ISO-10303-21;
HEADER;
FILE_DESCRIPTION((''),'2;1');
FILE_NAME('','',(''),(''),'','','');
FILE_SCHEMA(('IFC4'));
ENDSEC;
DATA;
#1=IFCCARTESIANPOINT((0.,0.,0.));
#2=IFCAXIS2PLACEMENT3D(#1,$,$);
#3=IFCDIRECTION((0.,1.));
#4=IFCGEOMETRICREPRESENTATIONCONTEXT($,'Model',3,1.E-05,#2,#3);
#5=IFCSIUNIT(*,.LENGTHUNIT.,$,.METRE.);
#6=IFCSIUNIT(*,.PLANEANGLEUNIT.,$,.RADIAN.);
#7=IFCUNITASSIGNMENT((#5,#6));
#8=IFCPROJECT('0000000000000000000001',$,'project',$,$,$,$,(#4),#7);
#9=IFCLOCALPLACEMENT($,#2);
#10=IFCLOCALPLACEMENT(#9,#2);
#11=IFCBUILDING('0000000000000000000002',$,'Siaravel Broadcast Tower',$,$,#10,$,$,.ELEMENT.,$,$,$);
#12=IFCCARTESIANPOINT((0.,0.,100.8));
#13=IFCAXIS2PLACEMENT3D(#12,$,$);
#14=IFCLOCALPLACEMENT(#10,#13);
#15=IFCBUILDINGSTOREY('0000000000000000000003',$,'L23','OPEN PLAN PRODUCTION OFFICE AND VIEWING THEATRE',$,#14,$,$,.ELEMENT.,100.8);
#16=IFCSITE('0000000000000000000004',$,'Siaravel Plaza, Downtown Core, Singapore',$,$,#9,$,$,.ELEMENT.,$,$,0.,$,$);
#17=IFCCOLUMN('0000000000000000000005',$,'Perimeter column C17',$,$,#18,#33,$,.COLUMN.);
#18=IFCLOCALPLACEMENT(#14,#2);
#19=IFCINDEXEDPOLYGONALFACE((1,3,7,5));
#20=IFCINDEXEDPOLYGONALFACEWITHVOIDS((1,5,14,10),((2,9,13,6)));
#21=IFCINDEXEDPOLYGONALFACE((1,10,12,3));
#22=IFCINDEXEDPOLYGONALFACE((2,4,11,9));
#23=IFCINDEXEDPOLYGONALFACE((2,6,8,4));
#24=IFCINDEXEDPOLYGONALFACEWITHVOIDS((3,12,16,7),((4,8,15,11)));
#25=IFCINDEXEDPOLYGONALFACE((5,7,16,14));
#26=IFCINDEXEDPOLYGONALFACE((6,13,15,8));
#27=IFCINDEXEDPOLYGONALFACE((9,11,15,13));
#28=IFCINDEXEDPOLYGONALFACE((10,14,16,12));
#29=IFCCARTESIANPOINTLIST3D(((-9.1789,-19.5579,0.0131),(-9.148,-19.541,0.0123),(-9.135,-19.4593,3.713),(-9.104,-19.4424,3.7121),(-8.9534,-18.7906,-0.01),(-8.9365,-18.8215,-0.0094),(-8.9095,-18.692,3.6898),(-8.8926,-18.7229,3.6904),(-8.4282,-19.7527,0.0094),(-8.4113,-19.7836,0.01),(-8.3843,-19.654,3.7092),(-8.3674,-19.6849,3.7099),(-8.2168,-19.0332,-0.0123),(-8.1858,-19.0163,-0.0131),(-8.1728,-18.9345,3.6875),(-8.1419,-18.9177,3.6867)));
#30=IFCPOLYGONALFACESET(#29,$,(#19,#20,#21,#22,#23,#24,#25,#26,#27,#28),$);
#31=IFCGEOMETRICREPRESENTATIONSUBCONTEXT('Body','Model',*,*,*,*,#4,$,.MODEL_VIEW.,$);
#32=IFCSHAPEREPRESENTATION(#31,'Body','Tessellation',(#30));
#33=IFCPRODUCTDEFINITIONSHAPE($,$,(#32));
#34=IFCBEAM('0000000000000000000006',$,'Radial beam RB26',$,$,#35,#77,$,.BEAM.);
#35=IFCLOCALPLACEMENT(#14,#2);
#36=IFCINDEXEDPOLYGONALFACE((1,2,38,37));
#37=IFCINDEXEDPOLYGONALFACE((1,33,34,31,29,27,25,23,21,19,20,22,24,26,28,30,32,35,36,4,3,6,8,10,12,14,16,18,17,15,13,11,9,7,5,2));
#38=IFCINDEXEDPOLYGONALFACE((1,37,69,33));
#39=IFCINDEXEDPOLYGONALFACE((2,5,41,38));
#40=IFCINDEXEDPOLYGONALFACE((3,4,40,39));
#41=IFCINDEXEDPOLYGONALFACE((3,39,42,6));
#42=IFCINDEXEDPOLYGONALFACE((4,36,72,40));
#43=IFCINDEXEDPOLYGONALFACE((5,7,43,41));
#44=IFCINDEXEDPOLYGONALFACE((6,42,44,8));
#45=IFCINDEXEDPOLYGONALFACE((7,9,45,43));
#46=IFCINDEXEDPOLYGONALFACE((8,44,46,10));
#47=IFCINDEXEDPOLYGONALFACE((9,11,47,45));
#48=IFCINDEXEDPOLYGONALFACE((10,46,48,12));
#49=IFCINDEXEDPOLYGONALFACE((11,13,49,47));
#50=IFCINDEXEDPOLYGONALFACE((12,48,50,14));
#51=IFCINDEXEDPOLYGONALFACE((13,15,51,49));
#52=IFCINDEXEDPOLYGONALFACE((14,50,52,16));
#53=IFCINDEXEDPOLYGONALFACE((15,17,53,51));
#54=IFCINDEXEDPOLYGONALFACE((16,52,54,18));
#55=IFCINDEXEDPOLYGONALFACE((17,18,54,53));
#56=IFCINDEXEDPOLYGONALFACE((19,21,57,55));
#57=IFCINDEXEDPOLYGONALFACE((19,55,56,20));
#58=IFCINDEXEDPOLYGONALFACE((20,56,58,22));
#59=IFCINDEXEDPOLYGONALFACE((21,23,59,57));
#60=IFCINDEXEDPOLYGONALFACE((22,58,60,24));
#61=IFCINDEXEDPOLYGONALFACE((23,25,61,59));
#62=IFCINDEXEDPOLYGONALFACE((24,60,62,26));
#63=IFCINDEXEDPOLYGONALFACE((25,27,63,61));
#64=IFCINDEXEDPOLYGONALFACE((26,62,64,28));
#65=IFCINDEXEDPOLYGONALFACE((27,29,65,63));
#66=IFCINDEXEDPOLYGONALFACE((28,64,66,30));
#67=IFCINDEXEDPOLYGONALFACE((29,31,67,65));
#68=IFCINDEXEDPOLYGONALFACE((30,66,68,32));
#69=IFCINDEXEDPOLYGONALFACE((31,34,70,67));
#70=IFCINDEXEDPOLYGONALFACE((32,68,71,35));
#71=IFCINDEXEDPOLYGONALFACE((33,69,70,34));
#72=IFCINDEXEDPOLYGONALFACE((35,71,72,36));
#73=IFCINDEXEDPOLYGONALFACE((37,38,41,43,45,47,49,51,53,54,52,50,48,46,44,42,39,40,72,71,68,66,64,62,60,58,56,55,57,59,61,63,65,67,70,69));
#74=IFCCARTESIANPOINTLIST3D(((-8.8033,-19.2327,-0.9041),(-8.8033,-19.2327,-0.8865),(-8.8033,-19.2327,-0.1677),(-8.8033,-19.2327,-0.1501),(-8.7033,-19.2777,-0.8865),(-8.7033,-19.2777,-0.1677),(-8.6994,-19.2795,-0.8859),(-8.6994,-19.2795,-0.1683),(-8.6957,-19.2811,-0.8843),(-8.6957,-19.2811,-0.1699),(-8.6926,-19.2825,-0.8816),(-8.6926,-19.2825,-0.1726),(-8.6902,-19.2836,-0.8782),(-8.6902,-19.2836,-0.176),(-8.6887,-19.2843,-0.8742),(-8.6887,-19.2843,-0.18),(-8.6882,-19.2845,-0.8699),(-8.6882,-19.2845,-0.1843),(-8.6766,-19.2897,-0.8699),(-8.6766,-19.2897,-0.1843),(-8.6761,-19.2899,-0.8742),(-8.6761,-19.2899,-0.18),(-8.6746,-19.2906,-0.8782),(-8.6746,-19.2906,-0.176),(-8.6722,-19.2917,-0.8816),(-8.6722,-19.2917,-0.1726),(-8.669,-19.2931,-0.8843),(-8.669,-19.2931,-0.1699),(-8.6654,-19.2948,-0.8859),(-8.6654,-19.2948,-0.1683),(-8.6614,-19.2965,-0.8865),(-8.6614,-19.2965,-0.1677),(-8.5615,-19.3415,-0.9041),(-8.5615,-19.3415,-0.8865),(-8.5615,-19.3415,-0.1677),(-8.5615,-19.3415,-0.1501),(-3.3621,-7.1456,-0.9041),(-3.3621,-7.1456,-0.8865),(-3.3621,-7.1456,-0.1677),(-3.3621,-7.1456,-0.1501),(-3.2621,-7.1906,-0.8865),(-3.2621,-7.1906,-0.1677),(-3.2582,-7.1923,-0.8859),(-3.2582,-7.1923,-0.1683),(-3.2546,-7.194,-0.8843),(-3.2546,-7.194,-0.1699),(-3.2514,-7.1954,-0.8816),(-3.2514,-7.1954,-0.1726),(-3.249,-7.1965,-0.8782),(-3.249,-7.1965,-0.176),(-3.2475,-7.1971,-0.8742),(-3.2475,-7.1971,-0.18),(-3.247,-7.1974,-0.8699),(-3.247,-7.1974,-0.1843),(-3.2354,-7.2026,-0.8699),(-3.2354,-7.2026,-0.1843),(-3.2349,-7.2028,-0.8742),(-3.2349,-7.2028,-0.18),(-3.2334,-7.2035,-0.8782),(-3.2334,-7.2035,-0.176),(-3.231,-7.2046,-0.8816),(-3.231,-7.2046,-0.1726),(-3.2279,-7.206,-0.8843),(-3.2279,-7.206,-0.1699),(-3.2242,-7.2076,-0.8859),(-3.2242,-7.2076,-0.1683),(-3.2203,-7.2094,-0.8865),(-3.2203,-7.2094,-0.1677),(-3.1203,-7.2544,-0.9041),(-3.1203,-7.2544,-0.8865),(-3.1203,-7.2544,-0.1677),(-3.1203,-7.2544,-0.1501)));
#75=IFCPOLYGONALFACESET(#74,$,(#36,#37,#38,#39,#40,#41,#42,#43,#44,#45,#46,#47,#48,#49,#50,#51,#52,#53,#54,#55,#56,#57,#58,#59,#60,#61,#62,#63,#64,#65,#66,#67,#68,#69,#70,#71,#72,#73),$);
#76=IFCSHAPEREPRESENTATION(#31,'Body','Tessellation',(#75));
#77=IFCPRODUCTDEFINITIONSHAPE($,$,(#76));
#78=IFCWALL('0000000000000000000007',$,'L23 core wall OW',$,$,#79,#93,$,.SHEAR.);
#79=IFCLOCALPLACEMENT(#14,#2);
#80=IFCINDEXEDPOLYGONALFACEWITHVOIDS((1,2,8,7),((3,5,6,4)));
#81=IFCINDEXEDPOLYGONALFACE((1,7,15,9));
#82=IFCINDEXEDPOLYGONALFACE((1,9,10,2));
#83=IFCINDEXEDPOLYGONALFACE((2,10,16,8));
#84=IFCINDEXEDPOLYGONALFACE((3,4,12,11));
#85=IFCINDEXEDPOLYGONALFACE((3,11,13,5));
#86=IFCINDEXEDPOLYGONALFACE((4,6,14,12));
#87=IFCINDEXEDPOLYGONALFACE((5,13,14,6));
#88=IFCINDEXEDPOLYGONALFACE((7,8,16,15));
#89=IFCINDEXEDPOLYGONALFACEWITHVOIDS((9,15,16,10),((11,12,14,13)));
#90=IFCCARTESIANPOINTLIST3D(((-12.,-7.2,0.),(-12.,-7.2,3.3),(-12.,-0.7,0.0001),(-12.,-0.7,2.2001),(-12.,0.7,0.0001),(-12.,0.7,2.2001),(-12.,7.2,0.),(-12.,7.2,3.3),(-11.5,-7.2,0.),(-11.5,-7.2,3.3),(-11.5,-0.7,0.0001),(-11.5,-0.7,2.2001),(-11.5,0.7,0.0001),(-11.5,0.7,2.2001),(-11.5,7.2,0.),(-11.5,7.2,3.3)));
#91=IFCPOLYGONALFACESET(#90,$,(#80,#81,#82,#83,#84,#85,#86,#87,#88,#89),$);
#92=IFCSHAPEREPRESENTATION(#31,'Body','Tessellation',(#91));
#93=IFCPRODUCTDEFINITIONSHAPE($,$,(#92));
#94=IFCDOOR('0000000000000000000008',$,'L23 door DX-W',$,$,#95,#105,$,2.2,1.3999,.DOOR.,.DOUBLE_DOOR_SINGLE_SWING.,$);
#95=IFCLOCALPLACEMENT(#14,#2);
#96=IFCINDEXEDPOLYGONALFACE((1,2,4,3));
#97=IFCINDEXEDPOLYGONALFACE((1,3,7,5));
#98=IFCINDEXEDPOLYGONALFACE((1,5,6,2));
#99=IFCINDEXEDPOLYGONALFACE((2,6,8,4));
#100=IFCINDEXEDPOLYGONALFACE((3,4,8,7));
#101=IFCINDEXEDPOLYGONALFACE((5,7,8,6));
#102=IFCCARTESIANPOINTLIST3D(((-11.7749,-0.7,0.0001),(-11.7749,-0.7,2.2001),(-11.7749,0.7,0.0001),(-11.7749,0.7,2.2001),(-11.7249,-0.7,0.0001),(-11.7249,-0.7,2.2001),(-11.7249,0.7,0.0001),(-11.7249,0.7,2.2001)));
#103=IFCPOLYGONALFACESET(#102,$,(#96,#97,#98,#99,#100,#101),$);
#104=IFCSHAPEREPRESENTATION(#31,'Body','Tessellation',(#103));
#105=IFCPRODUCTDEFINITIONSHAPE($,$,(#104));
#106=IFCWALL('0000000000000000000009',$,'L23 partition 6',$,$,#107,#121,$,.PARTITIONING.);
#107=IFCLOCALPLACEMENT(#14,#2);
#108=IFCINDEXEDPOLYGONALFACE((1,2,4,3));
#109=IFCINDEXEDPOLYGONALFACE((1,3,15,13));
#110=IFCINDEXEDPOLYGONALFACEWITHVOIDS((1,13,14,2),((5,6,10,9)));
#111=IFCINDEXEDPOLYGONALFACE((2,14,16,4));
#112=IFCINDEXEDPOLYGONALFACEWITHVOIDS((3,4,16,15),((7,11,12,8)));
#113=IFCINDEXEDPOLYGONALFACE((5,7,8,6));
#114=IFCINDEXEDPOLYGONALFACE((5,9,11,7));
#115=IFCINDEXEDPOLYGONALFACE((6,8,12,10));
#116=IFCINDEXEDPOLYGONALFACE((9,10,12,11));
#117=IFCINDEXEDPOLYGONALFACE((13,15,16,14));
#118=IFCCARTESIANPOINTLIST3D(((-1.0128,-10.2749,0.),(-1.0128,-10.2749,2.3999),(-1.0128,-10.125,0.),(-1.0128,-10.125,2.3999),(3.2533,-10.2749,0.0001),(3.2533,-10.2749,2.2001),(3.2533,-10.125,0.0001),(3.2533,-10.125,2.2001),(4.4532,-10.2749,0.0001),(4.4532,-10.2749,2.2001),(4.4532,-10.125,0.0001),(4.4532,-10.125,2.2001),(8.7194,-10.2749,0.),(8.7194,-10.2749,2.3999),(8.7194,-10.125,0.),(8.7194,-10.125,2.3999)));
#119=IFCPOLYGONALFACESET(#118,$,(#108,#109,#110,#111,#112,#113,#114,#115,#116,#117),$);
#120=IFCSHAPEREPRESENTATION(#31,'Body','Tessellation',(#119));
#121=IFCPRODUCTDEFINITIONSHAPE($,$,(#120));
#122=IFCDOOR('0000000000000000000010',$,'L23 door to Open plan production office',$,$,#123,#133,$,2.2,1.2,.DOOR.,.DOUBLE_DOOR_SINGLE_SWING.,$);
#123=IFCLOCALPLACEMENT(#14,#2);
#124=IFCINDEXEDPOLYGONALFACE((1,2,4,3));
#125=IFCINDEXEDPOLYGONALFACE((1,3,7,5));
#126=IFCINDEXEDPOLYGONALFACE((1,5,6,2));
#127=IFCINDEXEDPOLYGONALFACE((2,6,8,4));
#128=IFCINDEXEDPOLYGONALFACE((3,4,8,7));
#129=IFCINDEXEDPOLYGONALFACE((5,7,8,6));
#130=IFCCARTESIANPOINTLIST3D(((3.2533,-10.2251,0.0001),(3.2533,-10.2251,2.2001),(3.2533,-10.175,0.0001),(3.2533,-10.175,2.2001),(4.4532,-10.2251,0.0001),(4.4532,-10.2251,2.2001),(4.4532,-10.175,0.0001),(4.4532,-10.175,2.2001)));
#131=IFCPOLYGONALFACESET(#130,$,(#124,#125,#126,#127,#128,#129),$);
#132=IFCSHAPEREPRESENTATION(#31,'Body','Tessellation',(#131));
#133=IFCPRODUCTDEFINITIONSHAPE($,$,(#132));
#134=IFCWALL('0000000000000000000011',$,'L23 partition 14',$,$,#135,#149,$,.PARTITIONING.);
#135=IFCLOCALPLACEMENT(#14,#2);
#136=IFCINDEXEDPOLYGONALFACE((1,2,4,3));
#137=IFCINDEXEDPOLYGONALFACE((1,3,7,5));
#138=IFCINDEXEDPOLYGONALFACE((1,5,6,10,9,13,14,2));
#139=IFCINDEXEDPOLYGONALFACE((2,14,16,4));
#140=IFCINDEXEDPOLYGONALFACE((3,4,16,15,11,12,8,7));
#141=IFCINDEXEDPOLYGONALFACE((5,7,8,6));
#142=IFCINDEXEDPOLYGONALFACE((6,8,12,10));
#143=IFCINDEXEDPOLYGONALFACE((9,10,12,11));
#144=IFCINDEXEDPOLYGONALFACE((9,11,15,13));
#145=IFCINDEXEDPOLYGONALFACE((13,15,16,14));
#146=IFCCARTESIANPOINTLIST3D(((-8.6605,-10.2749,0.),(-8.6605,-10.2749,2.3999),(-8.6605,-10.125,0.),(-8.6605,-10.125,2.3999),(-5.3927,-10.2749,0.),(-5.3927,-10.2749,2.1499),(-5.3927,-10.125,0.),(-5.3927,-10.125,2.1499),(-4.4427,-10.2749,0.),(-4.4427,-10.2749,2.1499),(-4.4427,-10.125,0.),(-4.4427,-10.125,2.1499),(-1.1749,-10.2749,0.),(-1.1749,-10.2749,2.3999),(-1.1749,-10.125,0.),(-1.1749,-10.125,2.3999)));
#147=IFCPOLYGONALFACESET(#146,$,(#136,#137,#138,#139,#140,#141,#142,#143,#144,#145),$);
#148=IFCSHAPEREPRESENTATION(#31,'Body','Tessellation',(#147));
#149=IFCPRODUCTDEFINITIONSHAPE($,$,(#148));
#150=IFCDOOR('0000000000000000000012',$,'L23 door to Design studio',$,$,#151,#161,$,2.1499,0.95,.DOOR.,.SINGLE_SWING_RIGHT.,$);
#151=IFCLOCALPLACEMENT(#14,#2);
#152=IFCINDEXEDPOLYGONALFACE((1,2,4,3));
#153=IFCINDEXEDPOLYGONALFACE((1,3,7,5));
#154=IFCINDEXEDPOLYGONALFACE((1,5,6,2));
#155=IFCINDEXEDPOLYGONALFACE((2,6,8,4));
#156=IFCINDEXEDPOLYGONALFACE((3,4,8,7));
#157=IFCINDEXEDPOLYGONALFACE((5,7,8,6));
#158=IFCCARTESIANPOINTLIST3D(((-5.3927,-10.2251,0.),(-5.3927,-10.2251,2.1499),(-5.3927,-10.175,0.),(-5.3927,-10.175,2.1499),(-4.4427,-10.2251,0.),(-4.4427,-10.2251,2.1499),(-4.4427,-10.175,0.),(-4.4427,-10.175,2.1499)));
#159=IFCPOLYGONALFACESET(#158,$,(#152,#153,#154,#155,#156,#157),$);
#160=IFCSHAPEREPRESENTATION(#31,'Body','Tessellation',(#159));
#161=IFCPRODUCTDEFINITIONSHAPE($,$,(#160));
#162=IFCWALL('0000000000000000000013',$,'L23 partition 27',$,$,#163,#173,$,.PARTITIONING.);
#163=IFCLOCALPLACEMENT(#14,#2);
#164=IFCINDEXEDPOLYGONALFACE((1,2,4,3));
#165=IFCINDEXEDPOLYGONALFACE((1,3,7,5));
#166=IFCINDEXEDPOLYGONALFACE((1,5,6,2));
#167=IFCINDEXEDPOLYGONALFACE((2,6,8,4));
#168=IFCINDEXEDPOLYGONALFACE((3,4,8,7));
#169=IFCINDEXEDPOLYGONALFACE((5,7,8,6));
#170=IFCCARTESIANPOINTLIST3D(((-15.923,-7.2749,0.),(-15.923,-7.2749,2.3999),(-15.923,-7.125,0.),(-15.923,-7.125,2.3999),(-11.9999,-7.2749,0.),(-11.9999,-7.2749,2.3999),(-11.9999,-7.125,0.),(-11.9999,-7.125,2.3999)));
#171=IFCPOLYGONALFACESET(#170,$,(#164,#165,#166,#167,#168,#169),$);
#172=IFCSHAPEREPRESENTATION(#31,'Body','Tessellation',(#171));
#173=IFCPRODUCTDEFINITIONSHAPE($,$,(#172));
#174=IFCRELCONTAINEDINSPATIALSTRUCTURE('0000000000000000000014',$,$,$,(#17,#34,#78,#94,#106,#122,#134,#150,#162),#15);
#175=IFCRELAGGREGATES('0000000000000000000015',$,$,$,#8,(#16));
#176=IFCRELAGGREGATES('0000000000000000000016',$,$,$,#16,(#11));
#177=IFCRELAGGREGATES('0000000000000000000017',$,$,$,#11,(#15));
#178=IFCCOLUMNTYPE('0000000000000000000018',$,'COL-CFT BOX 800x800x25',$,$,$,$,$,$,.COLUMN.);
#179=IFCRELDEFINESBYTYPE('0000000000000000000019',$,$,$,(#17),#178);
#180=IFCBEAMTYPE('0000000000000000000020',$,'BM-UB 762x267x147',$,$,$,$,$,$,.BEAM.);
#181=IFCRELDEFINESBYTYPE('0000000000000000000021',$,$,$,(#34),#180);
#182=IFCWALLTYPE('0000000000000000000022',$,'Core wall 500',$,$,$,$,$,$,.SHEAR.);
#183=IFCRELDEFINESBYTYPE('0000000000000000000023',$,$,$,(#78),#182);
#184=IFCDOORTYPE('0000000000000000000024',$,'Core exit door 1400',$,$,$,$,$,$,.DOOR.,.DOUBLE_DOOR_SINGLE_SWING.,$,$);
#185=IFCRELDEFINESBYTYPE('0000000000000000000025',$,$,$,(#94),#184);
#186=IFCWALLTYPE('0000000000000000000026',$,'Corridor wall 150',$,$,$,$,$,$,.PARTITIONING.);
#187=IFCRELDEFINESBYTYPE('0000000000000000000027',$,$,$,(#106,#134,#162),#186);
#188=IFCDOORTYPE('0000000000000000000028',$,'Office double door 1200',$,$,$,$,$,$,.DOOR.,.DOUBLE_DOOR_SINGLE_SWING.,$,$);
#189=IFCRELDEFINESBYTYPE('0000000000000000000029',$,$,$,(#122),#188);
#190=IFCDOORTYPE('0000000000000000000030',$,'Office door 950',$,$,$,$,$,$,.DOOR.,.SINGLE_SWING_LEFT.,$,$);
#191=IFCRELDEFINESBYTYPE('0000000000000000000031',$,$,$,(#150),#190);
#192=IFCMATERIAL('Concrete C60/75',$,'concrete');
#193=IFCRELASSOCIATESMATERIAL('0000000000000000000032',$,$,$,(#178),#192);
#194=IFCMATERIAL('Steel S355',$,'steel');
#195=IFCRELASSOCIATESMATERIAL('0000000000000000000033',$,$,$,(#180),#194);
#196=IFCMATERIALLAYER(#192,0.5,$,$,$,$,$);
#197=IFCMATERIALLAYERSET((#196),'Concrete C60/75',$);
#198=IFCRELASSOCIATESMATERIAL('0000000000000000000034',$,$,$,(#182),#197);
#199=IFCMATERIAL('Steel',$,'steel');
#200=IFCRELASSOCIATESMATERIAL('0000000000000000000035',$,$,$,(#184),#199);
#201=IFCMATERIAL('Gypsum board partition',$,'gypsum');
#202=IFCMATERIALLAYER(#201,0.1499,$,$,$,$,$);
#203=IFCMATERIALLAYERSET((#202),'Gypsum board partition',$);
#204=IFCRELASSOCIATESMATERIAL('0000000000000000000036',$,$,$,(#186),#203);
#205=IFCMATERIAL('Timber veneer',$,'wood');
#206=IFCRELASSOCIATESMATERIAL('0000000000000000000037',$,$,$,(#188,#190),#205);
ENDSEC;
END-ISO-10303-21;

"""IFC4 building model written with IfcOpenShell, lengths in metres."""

from ifc_helpers import new_model, si_unit, direction, frame, frame_2d, origin, origin_2d, place, context, subcontext, project, spatial, rectangle, hollow_rectangle, i_section, extrude, material, layer, layer_set, material_profile, profile_set, type_object, element, fill, save


model = new_model("IFC4")

# Units and contexts
model_context = context("Model", 3, precision=1e-05, world=origin(), true_north=direction((0.0, 1.0)))
body_context = subcontext(model_context, "Body", "Model", "MODEL_VIEW")
ifc_project = project(units=[si_unit("LENGTHUNIT", "METRE"), si_unit("PLANEANGLEUNIT", "RADIAN")], contexts=[model_context])

# Site, building, storey
site_placement = place(None, origin())
site = spatial("IfcSite", under=ifc_project, at=site_placement, Name="Siaravel Plaza, Downtown Core, Singapore", CompositionType="ELEMENT", RefElevation=0.0)
building_placement = place(site_placement, origin())
building = spatial("IfcBuilding", under=site, at=building_placement, Name="Siaravel Broadcast Tower", CompositionType="ELEMENT")
storey_placement = place(building_placement, frame((0.0, 0.0, 100.8)))
storey = spatial("IfcBuildingStorey", under=building, at=storey_placement, Name="L23", Description="OPEN PLAN PRODUCTION OFFICE AND VIEWING THEATRE", CompositionType="ELEMENT", Elevation=100.8)

# Column
ifc_material_1 = material(Name="Concrete C60/75", Category="concrete")
ifc_material_profile_1 = material_profile(ifc_material_1, hollow_rectangle(XDim=0.8, YDim=0.8, WallThickness=0.0249, at=origin_2d()))
ifc_profile_set_1 = profile_set([ifc_material_profile_1], Name="Concrete C60/75")
column_type = type_object("IfcColumnType", Name="COL-CFT BOX 800x800x25", PredefinedType="COLUMN", material=ifc_profile_set_1)
column_placement = place(storey_placement, frame((-8.6824, -19.2871, 0.0), z_axis=(0.011872, 0.026647, 0.999574), x_axis=(-0.959384, 0.282077, 0.003875)))
element("IfcColumn", 1, at=column_placement, inside=storey, type_object=column_type, Name="Perimeter column C17", PredefinedType="COLUMN", context=body_context, shape_type="SweptSolid", body=[
    extrude(hollow_rectangle(XDim=0.8, YDim=0.8, WallThickness=0.0249, at=origin_2d()), origin(), (0.0, 0.0, 1.0), 3.7014),
])

# Beam
ifc_material_2 = material(Name="Steel S355", Category="steel")
ifc_material_profile_2 = material_profile(ifc_material_2, i_section(OverallWidth=0.2651, OverallDepth=0.7539, WebThickness=0.0127, FlangeThickness=0.0176, FilletRadius=0.0166, at=origin_2d()))
ifc_profile_set_2 = profile_set([ifc_material_profile_2], Name="Steel S355")
beam_type = type_object("IfcBeamType", Name="BM-UB 762x267x147", PredefinedType="BEAM", material=ifc_profile_set_2)
beam_placement = place(storey_placement, frame((-8.6824, -19.2871, -0.5271), z_axis=(0.410486, 0.911867, 0.0), x_axis=(-0.911867, 0.410486, 0.0)))
element("IfcBeam", 2, at=beam_placement, inside=storey, type_object=beam_type, Name="Radial beam RB26", PredefinedType="BEAM", context=body_context, shape_type="SweptSolid", body=[
    extrude(i_section(OverallWidth=0.2651, OverallDepth=0.7539, WebThickness=0.0127, FlangeThickness=0.0176, FilletRadius=0.0166, at=origin_2d()), origin(), (0.0, 0.0, 1.0), 13.2554),
])

# Wall, opening, door
ifc_layer_1 = layer(ifc_material_1, 0.5)
ifc_layer_set_1 = layer_set([ifc_layer_1], Name="Concrete C60/75")
wall_type_1 = type_object("IfcWallType", Name="Core wall 500", PredefinedType="SHEAR", material=ifc_layer_set_1)
wall_1_placement = place(storey_placement, frame((-11.75, -7.2, 0.0), z_axis=(0.0, 0.0, 1.0), x_axis=(0.0, 1.0, 0.0)))
wall_1 = element("IfcWall", 3, at=wall_1_placement, inside=storey, type_object=wall_type_1, Name="L23 core wall OW", PredefinedType="SHEAR", context=body_context, shape_type="SweptSolid", body=[
    extrude(rectangle(XDim=14.3999, YDim=0.5, at=frame_2d((7.2, 0.0))), origin(), (0.0, 0.0, 1.0), 3.3),
])
opening_1_placement = place(wall_1_placement, frame((6.5, 0.0, 0.0)))
opening_1 = element("IfcOpeningElement", 4, at=opening_1_placement, cuts=wall_1, PredefinedType="OPENING", context=body_context, shape_type="SweptSolid", body=[
    extrude(rectangle(XDim=1.3999, YDim=2.2, at=frame_2d((0.7, 1.1001))), frame((0.0, 0.26, 0.0), z_axis=(0.0, -1.0, 0.0), x_axis=(1.0, 0.0, 0.0)), (0.0, 0.0, 1.0), 0.52),
])
ifc_material_3 = material(Name="Steel", Category="steel")
door_type_1 = type_object("IfcDoorType", Name="Core exit door 1400", OperationType="DOUBLE_DOOR_SINGLE_SWING", PredefinedType="DOOR", material=ifc_material_3)
door_1_placement = place(opening_1_placement, origin())
door_1 = element("IfcDoor", 5, at=door_1_placement, inside=storey, type_object=door_type_1, Name="L23 door DX-W", OperationType="DOUBLE_DOOR_SINGLE_SWING", OverallHeight=2.2, OverallWidth=1.3999, PredefinedType="DOOR", context=body_context, shape_type="SweptSolid", body=[
    extrude(rectangle(XDim=1.3999, YDim=2.2, at=frame_2d((0.7, 1.1001))), frame((0.0, 0.0249, 0.0), z_axis=(0.0, -1.0, 0.0), x_axis=(1.0, 0.0, 0.0)), (0.0, 0.0, 1.0), 0.05),
])
fill(opening_1, door_1)

# Walls, openings, doors
ifc_material_4 = material(Name="Gypsum board partition", Category="gypsum")
ifc_layer_2 = layer(ifc_material_4, 0.1499)
ifc_layer_set_2 = layer_set([ifc_layer_2], Name="Gypsum board partition")
wall_type_2 = type_object("IfcWallType", Name="Corridor wall 150", PredefinedType="PARTITIONING", material=ifc_layer_set_2)
wall_2_placement = place(storey_placement, frame((-1.0129, -10.2, 0.0), z_axis=(0.0, 0.0, 1.0), x_axis=(1.0, 0.0, 0.0)))
wall_2 = element("IfcWall", 6, at=wall_2_placement, inside=storey, type_object=wall_type_2, Name="L23 partition 6", PredefinedType="PARTITIONING", context=body_context, shape_type="SweptSolid", body=[
    extrude(rectangle(XDim=9.7322, YDim=0.1499, at=frame_2d((4.8662, 0.0))), origin(), (0.0, 0.0, 1.0), 2.3999),
])
opening_2_placement = place(wall_2_placement, frame((4.2661, 0.0, 0.0)))
opening_2 = element("IfcOpeningElement", 7, at=opening_2_placement, cuts=wall_2, PredefinedType="OPENING", context=body_context, shape_type="SweptSolid", body=[
    extrude(rectangle(XDim=1.2, YDim=2.2, at=frame_2d((0.6001, 1.1001))), frame((0.0, 0.085, 0.0), z_axis=(0.0, -1.0, 0.0), x_axis=(1.0, 0.0, 0.0)), (0.0, 0.0, 1.0), 0.1699),
])
ifc_material_5 = material(Name="Timber veneer", Category="wood")
door_type_2 = type_object("IfcDoorType", Name="Office double door 1200", OperationType="DOUBLE_DOOR_SINGLE_SWING", PredefinedType="DOOR", material=ifc_material_5)
door_2_placement = place(opening_2_placement, origin())
door_2 = element("IfcDoor", 8, at=door_2_placement, inside=storey, type_object=door_type_2, Name="L23 door to Open plan production office", OperationType="DOUBLE_DOOR_SINGLE_SWING", OverallHeight=2.2, OverallWidth=1.2, PredefinedType="DOOR", context=body_context, shape_type="SweptSolid", body=[
    extrude(rectangle(XDim=1.2, YDim=2.2, at=frame_2d((0.6001, 1.1001))), frame((0.0, 0.0249, 0.0), z_axis=(0.0, -1.0, 0.0), x_axis=(1.0, 0.0, 0.0)), (0.0, 0.0, 1.0), 0.05),
])
fill(opening_2, door_2)
wall_3_placement = place(storey_placement, frame((-8.6604, -10.2, 0.0), z_axis=(0.0, 0.0, 1.0), x_axis=(1.0, 0.0, 0.0)))
wall_3 = element("IfcWall", 9, at=wall_3_placement, inside=storey, type_object=wall_type_2, Name="L23 partition 14", PredefinedType="PARTITIONING", context=body_context, shape_type="SweptSolid", body=[
    extrude(rectangle(XDim=7.4856, YDim=0.1499, at=frame_2d((3.7427, 0.0))), origin(), (0.0, 0.0, 1.0), 2.3999),
])
opening_3_placement = place(wall_3_placement, frame((3.2676, 0.0, 0.0)))
opening_3 = element("IfcOpeningElement", 10, at=opening_3_placement, cuts=wall_3, PredefinedType="OPENING", context=body_context, shape_type="SweptSolid", body=[
    extrude(rectangle(XDim=0.95, YDim=2.1499, at=frame_2d((0.4751, 1.075))), frame((0.0, 0.085, 0.0), z_axis=(0.0, -1.0, 0.0), x_axis=(1.0, 0.0, 0.0)), (0.0, 0.0, 1.0), 0.1699),
])
door_type_3 = type_object("IfcDoorType", Name="Office door 950", OperationType="SINGLE_SWING_LEFT", PredefinedType="DOOR", material=ifc_material_5)
door_3_placement = place(opening_3_placement, origin())
door_3 = element("IfcDoor", 11, at=door_3_placement, inside=storey, type_object=door_type_3, Name="L23 door to Design studio", OperationType="SINGLE_SWING_RIGHT", OverallHeight=2.1499, OverallWidth=0.95, PredefinedType="DOOR", context=body_context, shape_type="SweptSolid", body=[
    extrude(rectangle(XDim=0.95, YDim=2.1499, at=frame_2d((0.4751, 1.075))), frame((0.0, 0.0249, 0.0), z_axis=(0.0, -1.0, 0.0), x_axis=(1.0, 0.0, 0.0)), (0.0, 0.0, 1.0), 0.05),
])
fill(opening_3, door_3)

# Wall
wall_4_placement = place(storey_placement, frame((-12.0, -7.2, 0.0), z_axis=(0.0, 0.0, 1.0), x_axis=(-1.0, 0.0, 0.0)))
element("IfcWall", 12, at=wall_4_placement, inside=storey, type_object=wall_type_2, Name="L23 partition 27", PredefinedType="PARTITIONING", context=body_context, shape_type="SweptSolid", body=[
    extrude(rectangle(XDim=3.9231, YDim=0.1499, at=frame_2d((1.9614, 0.0))), origin(), (0.0, 0.0, 1.0), 2.3999),
])

save(model, "model.ifc")
